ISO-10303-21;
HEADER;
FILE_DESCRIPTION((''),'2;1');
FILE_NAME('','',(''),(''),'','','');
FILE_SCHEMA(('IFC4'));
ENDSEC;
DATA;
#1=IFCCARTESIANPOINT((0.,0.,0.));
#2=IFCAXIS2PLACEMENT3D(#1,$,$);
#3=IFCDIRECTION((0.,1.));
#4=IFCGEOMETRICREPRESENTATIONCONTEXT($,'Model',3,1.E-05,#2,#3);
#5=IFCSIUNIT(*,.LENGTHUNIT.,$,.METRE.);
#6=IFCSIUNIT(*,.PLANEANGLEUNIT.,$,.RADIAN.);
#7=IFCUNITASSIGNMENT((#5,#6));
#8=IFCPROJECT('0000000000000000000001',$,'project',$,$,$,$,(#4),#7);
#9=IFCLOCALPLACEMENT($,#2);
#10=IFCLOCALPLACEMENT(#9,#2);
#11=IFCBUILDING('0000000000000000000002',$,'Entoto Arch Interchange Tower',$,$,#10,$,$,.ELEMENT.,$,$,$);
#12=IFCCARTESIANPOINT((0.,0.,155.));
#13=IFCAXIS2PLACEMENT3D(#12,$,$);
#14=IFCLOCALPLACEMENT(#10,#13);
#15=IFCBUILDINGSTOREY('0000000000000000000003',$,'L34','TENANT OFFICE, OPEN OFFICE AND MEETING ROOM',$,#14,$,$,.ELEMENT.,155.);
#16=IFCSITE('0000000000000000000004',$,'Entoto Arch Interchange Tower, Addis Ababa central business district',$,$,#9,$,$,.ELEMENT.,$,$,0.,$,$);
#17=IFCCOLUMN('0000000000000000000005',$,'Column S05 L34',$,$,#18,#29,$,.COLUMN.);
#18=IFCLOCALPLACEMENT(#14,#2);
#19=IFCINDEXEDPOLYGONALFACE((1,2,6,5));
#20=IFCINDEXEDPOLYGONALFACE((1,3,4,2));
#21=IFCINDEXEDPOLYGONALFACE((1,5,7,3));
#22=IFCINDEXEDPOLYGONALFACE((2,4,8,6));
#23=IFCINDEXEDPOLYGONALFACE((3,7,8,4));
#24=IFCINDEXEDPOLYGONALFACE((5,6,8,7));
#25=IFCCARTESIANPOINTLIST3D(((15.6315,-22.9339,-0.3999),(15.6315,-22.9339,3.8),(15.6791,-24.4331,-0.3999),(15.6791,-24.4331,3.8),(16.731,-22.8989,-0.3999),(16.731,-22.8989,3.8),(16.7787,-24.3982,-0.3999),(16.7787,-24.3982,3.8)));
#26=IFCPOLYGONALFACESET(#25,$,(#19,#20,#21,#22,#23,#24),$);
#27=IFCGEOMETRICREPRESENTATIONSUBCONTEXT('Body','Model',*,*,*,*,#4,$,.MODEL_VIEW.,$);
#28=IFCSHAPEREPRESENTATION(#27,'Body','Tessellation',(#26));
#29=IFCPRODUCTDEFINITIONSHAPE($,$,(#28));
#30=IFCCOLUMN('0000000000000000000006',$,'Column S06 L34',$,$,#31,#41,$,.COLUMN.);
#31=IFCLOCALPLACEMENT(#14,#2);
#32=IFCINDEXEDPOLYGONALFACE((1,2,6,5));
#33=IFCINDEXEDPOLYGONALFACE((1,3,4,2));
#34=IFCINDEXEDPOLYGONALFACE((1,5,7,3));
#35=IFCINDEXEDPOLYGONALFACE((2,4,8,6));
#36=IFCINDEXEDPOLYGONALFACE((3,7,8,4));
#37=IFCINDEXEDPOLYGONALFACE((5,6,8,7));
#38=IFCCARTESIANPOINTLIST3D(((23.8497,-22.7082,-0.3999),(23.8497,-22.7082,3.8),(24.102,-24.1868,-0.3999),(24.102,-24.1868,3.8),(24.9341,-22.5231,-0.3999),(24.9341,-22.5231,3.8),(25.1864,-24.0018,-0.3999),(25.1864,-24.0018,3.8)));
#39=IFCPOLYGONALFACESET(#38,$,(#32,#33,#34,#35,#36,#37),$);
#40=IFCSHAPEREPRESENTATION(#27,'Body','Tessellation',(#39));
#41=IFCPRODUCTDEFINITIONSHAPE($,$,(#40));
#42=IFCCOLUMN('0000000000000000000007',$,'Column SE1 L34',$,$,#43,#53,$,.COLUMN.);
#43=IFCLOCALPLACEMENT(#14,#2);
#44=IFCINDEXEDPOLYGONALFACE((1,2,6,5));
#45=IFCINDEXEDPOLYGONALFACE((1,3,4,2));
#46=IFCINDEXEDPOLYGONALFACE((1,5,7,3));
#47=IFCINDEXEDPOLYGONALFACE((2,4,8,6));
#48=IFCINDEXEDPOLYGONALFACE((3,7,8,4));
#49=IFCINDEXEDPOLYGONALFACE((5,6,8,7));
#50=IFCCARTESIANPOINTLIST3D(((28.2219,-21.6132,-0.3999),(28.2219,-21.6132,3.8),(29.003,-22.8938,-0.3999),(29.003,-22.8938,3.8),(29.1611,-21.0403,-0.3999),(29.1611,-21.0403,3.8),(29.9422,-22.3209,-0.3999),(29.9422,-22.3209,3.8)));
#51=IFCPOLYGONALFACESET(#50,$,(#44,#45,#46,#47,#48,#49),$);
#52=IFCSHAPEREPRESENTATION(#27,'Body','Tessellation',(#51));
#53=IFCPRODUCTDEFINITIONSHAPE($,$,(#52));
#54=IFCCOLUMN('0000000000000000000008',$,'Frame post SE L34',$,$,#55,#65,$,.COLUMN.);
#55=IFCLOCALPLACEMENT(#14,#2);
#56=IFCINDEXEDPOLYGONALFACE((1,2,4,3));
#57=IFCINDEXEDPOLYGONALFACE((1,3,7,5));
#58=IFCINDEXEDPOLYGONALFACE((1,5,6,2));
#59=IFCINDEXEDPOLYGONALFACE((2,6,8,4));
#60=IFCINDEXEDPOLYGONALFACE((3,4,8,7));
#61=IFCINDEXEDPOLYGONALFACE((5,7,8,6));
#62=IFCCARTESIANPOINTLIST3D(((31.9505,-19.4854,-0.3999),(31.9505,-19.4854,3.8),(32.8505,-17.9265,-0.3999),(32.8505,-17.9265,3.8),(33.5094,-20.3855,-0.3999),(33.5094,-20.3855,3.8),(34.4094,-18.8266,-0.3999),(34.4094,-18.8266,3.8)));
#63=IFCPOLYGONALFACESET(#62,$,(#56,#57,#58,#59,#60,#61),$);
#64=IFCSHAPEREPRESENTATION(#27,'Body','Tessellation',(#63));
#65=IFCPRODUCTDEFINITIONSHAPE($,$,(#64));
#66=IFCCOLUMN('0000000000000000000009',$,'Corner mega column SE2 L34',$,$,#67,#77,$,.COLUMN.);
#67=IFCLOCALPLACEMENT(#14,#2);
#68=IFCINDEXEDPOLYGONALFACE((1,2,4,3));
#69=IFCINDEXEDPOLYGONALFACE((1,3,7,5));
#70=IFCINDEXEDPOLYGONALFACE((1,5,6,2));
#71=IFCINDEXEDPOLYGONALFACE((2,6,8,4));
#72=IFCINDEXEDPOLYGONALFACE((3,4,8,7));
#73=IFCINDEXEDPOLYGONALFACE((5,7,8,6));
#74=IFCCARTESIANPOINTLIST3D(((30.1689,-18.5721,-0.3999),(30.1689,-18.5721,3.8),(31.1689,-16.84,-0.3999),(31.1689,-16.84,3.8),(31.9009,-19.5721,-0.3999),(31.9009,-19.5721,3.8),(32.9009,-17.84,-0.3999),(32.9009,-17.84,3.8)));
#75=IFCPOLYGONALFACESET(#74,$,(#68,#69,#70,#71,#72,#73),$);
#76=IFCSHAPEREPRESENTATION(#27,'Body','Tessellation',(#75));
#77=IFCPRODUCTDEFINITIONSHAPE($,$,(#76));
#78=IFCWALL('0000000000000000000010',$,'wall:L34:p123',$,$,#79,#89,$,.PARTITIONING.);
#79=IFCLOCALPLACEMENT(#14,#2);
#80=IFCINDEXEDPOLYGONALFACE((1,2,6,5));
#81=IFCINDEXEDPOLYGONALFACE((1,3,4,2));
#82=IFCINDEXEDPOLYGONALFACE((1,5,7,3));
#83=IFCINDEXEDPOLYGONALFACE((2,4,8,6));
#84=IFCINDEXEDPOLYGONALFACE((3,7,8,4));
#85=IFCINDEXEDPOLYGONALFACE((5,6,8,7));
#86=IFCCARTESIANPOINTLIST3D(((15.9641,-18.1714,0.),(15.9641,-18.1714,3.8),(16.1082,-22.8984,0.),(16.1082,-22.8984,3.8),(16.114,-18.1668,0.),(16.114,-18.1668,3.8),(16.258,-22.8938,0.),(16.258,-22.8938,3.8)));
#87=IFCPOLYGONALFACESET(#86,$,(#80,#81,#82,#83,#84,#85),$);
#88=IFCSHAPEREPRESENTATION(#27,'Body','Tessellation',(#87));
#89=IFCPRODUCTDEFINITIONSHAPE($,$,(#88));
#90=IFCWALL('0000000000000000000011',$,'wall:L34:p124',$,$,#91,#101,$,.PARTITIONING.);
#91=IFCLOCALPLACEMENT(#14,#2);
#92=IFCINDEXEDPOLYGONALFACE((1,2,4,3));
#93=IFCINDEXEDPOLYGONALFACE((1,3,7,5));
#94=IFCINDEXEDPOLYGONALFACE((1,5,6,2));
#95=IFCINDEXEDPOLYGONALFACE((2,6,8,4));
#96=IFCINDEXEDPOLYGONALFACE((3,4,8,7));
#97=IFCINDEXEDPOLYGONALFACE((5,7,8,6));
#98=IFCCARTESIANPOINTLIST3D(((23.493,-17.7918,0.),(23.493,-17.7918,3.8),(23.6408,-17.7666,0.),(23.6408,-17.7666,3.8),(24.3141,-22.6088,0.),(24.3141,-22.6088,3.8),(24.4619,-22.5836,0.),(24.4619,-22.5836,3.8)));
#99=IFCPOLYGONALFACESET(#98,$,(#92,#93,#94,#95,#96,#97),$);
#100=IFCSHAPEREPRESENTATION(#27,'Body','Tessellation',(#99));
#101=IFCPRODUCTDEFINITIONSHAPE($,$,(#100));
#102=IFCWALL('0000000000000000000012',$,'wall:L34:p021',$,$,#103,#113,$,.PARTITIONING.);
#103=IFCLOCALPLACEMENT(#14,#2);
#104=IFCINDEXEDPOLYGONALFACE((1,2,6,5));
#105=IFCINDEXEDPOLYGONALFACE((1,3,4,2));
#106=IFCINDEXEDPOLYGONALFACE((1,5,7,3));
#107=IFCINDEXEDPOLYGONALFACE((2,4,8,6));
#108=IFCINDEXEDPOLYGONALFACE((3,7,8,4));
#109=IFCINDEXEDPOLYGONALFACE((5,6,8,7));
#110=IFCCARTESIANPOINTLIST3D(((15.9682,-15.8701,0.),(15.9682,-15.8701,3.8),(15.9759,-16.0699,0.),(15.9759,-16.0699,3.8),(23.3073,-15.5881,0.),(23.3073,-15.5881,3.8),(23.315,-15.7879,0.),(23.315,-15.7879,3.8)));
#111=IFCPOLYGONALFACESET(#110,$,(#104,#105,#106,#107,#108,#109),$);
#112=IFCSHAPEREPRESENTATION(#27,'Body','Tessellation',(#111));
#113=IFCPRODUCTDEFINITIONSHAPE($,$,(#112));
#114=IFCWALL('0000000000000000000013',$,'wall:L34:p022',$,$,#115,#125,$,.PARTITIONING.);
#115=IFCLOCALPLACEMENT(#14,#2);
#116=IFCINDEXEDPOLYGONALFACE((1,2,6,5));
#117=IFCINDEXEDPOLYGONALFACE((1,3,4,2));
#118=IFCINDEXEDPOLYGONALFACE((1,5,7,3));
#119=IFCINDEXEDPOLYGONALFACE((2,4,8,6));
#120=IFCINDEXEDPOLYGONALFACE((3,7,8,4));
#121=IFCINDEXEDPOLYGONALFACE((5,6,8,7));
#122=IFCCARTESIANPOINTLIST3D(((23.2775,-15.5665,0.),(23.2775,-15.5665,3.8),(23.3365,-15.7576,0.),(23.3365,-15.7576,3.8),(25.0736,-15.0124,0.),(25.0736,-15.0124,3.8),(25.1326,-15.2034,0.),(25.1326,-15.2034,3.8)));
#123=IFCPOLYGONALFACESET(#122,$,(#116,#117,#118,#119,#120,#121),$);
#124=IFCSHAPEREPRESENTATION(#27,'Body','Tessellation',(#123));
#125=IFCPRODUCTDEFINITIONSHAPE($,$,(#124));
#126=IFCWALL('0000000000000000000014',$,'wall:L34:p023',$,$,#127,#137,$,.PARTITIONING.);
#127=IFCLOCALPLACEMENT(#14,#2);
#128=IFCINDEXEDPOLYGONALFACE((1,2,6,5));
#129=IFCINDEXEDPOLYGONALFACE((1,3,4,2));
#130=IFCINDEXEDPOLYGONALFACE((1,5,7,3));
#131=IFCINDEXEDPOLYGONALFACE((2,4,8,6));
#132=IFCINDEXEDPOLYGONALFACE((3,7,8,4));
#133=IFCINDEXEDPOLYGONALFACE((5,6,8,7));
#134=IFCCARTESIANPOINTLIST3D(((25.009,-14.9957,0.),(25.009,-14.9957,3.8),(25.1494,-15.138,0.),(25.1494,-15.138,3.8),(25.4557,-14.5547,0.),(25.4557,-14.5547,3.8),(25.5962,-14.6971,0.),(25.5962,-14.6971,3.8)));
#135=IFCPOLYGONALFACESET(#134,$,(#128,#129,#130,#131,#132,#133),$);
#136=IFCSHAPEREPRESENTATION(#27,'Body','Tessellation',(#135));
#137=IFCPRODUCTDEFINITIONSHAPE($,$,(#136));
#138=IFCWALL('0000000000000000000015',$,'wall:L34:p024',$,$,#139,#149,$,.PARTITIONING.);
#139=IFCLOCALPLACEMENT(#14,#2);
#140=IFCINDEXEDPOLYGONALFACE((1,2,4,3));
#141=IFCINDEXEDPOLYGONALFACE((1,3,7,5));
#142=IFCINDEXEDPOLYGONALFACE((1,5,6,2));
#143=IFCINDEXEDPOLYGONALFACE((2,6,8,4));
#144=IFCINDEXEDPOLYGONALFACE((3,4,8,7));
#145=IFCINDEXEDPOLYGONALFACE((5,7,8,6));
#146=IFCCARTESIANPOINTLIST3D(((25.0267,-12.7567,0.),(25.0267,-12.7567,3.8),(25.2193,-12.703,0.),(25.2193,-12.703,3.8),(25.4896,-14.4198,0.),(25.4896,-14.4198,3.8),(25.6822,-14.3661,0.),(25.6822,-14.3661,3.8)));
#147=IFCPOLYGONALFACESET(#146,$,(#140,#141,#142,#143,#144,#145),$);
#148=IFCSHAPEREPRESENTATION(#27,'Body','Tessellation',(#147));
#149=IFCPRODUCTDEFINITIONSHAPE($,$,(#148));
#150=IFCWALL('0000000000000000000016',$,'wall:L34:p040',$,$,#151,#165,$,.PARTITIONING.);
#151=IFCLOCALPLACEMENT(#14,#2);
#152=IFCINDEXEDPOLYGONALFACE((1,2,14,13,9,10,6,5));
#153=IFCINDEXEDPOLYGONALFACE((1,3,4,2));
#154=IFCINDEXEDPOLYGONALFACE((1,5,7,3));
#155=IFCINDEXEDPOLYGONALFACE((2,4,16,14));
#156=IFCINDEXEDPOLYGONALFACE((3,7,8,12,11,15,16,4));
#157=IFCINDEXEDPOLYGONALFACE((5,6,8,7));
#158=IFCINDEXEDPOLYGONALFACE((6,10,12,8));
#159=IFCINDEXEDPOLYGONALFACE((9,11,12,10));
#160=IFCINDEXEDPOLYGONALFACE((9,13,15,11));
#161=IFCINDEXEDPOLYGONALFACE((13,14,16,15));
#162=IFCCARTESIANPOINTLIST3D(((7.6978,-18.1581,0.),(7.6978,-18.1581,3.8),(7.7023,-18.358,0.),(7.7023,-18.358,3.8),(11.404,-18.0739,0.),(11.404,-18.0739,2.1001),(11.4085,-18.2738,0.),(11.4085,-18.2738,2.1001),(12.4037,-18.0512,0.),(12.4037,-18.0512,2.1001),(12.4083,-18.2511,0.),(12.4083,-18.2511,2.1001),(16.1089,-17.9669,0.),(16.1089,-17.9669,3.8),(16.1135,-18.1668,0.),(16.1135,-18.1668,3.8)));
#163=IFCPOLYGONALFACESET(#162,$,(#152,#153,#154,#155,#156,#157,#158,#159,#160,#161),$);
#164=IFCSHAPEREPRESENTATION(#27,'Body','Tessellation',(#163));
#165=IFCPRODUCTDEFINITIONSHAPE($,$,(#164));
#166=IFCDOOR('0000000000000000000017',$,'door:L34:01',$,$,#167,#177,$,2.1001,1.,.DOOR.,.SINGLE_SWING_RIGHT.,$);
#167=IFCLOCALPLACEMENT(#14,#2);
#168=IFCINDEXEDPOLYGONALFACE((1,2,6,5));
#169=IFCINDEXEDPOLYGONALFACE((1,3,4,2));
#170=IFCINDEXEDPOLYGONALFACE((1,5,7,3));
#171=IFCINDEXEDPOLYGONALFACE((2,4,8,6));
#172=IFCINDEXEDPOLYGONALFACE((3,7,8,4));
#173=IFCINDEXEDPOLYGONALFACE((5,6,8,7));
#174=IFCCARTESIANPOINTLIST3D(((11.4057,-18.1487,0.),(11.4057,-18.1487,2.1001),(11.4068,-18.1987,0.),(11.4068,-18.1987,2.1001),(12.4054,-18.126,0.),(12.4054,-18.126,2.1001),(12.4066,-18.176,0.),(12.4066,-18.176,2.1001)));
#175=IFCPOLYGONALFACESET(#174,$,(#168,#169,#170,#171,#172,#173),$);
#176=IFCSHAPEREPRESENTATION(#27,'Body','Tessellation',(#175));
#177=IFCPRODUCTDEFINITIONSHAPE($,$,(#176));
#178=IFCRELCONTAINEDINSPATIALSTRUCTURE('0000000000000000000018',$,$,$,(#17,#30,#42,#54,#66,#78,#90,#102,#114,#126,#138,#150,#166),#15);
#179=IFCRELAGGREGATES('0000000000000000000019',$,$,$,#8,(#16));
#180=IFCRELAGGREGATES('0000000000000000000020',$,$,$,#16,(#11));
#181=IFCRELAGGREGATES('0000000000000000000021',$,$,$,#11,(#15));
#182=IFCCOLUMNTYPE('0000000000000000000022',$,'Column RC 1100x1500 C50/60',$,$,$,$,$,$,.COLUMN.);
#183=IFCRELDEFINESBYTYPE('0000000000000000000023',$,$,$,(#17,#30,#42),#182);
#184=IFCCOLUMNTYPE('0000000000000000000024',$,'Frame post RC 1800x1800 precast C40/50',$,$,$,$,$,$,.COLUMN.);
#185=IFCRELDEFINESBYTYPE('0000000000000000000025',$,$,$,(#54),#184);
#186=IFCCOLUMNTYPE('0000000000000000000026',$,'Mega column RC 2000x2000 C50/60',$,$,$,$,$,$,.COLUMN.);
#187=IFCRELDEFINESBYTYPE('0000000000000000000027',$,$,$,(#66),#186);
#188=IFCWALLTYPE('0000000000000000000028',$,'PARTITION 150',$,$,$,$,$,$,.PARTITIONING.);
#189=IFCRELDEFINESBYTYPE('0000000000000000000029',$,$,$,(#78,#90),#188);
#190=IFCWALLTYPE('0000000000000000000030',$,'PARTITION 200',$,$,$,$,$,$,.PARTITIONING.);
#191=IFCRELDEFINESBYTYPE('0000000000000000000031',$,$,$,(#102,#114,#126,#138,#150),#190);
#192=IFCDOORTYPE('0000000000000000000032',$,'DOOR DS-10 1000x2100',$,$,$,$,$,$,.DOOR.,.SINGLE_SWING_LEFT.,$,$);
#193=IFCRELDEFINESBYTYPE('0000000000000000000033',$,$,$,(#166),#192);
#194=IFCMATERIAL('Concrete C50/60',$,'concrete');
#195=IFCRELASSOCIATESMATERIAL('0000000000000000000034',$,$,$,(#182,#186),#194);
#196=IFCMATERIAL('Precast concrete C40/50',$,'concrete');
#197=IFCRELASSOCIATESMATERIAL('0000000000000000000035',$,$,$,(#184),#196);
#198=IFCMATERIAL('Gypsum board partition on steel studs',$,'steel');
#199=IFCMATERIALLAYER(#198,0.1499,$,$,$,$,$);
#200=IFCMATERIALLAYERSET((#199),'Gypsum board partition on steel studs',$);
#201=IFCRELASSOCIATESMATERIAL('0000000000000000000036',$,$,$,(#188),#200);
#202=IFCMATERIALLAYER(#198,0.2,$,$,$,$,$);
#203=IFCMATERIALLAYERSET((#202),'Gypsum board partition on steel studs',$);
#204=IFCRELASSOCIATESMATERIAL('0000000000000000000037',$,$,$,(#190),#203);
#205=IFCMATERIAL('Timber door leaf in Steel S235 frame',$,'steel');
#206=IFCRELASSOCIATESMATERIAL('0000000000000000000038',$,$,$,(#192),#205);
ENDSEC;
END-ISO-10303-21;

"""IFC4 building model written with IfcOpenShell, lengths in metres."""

from ifc_helpers import new_model, si_unit, direction, frame, frame_2d, origin, origin_2d, place, context, subcontext, project, spatial, rectangle, extrude, material, layer, layer_set, material_profile, profile_set, type_object, element, fill, save


model = new_model("IFC4")

# Units and contexts
model_context = context("Model", 3, precision=1e-05, world=origin(), true_north=direction((0.0, 1.0)))
body_context = subcontext(model_context, "Body", "Model", "MODEL_VIEW")
ifc_project = project(units=[si_unit("LENGTHUNIT", "METRE"), si_unit("PLANEANGLEUNIT", "RADIAN")], contexts=[model_context])

# Site, building, storey
site_placement = place(None, origin())
site = spatial("IfcSite", under=ifc_project, at=site_placement, Name="Entoto Arch Interchange Tower, Addis Ababa central business district", CompositionType="ELEMENT", RefElevation=0.0)
building_placement = place(site_placement, origin())
building = spatial("IfcBuilding", under=site, at=building_placement, Name="Entoto Arch Interchange Tower", CompositionType="ELEMENT")
storey_placement = place(building_placement, frame((0.0, 0.0, 155.0)))
storey = spatial("IfcBuildingStorey", under=building, at=storey_placement, Name="L34", Description="TENANT OFFICE, OPEN OFFICE AND MEETING ROOM", CompositionType="ELEMENT", Elevation=155.0)

# Columns
ifc_material_1 = material(Name="Concrete C50/60", Category="concrete")
ifc_material_profile_1 = material_profile(ifc_material_1, rectangle(XDim=1.1001, YDim=1.5, at=origin_2d()))
ifc_profile_set_1 = profile_set([ifc_material_profile_1], Name="Concrete C50/60")
column_type_1 = type_object("IfcColumnType", Name="Column RC 1100x1500 C50/60", PredefinedType="COLUMN", material=ifc_profile_set_1)
for number, where, z_axis, x_axis, name in (
    (1, (16.2051, -23.666, -0.3999), (0.0, 0.0, 1.0), (0.999496, 0.031742, 0.0), "Column S05 L34"),
    (2, (24.5181, -23.355, -0.3999), (0.0, 0.0, 1.0), (0.985753, 0.168197, 0.0), "Column S06 L34"),
    (3, (29.082, -21.967, -0.3999), (0.0, 0.0, 1.0), (0.853714, 0.520741, 0.0), "Column SE1 L34"),
):
    element("IfcColumn", number, at=place(storey_placement, frame(where, z_axis=z_axis, x_axis=x_axis)), inside=storey, type_object=column_type_1, Name=name, PredefinedType="COLUMN", context=body_context, shape_type="SweptSolid", body=[
        extrude(rectangle(XDim=1.1001, YDim=1.5, at=origin_2d()), origin(), (0.0, 0.0, 1.0), 4.2),
    ])
ifc_material_2 = material(Name="Precast concrete C40/50", Category="concrete")
ifc_material_profile_2 = material_profile(ifc_material_2, rectangle(XDim=1.8, YDim=1.8, at=origin_2d()))
ifc_profile_set_2 = profile_set([ifc_material_profile_2], Name="Precast concrete C40/50")
column_type_2 = type_object("IfcColumnType", Name="Frame post RC 1800x1800 precast C40/50", PredefinedType="COLUMN", material=ifc_profile_set_2)
column_1_placement = place(storey_placement, frame((33.1799, -19.156, -0.3999), z_axis=(0.0, 0.0, 1.0), x_axis=(-0.866025, 0.5, 0.0)))
element("IfcColumn", 4, at=column_1_placement, inside=storey, type_object=column_type_2, Name="Frame post SE L34", PredefinedType="COLUMN", context=body_context, shape_type="SweptSolid", body=[
    extrude(rectangle(XDim=1.8, YDim=1.8, at=origin_2d()), origin(), (0.0, 0.0, 1.0), 4.2),
])
ifc_material_profile_3 = material_profile(ifc_material_1, rectangle(XDim=2.0, YDim=2.0, at=origin_2d()))
ifc_profile_set_3 = profile_set([ifc_material_profile_3], Name="Concrete C50/60")
column_type_3 = type_object("IfcColumnType", Name="Mega column RC 2000x2000 C50/60", PredefinedType="COLUMN", material=ifc_profile_set_3)
column_2_placement = place(storey_placement, frame((31.5349, -18.2061, -0.3999), z_axis=(0.0, 0.0, 1.0), x_axis=(-0.866025, 0.5, 0.0)))
element("IfcColumn", 5, at=column_2_placement, inside=storey, type_object=column_type_3, Name="Corner mega column SE2 L34", PredefinedType="COLUMN", context=body_context, shape_type="SweptSolid", body=[
    extrude(rectangle(XDim=2.0, YDim=2.0, at=origin_2d()), origin(), (0.0, 0.0, 1.0), 4.2),
])

# Walls
ifc_material_3 = material(Name="Gypsum board partition on steel studs", Category="steel")
ifc_layer_1 = layer(ifc_material_3, 0.1499)
ifc_layer_set_1 = layer_set([ifc_layer_1], Name="Gypsum board partition on steel studs")
wall_type_1 = type_object("IfcWallType", Name="PARTITION 150", PredefinedType="PARTITIONING", material=ifc_layer_set_1)
wall_1_placement = place(storey_placement, frame((16.0391, -18.1689, 0.0), z_axis=(0.0, 0.0, 1.0), x_axis=(0.030458, -0.999536, 0.0)))
element("IfcWall", 6, at=wall_1_placement, inside=storey, type_object=wall_type_1, Name="wall:L34:p123", PredefinedType="PARTITIONING", context=body_context, shape_type="SweptSolid", body=[
    extrude(rectangle(XDim=4.7292, YDim=0.1499, at=frame_2d((2.3647, 0.0))), origin(), (0.0, 0.0, 1.0), 3.8),
])
wall_2_placement = place(storey_placement, frame((23.5669, -17.7791, 0.0), z_axis=(0.0, 0.0, 1.0), x_axis=(0.168028, -0.985782, 0.0)))
element("IfcWall", 7, at=wall_2_placement, inside=storey, type_object=wall_type_1, Name="wall:L34:p124", PredefinedType="PARTITIONING", context=body_context, shape_type="SweptSolid", body=[
    extrude(rectangle(XDim=4.8865, YDim=0.1499, at=frame_2d((2.4434, 0.0))), origin(), (0.0, 0.0, 1.0), 3.8),
])
ifc_layer_2 = layer(ifc_material_3, 0.2)
ifc_layer_set_2 = layer_set([ifc_layer_2], Name="Gypsum board partition on steel studs")
wall_type_2 = type_object("IfcWallType", Name="PARTITION 200", PredefinedType="PARTITIONING", material=ifc_layer_set_2)
wall_3_placement = place(storey_placement, frame((15.9719, -15.97, 0.0), z_axis=(0.0, 0.0, 1.0), x_axis=(0.999263, 0.038394, 0.0)))
element("IfcWall", 8, at=wall_3_placement, inside=storey, type_object=wall_type_2, Name="wall:L34:p021", PredefinedType="PARTITIONING", context=body_context, shape_type="SweptSolid", body=[
    extrude(rectangle(XDim=7.3445, YDim=0.2, at=frame_2d((3.6724, 0.0))), origin(), (0.0, 0.0, 1.0), 3.8),
])
wall_4_placement = place(storey_placement, frame((23.3069, -15.6621, 0.0), z_axis=(0.0, 0.0, 1.0), x_axis=(0.955548, 0.294834, 0.0)))
element("IfcWall", 9, at=wall_4_placement, inside=storey, type_object=wall_type_2, Name="wall:L34:p022", PredefinedType="PARTITIONING", context=body_context, shape_type="SweptSolid", body=[
    extrude(rectangle(XDim=1.8796, YDim=0.2, at=frame_2d((0.9399, 0.0))), origin(), (0.0, 0.0, 1.0), 3.8),
])
wall_5_placement = place(storey_placement, frame((25.0791, -15.0669, 0.0), z_axis=(0.0, 0.0, 1.0), x_axis=(0.711759, 0.702424, 0.0)))
element("IfcWall", 10, at=wall_5_placement, inside=storey, type_object=wall_type_2, Name="wall:L34:p023", PredefinedType="PARTITIONING", context=body_context, shape_type="SweptSolid", body=[
    extrude(rectangle(XDim=0.6277, YDim=0.2, at=frame_2d((0.314, 0.0))), origin(), (0.0, 0.0, 1.0), 3.8),
])
wall_6_placement = place(storey_placement, frame((25.5859, -14.3931, 0.0), z_axis=(0.0, 0.0, 1.0), x_axis=(-0.26814, 0.96338, 0.0)))
element("IfcWall", 11, at=wall_6_placement, inside=storey, type_object=wall_type_2, Name="wall:L34:p024", PredefinedType="PARTITIONING", context=body_context, shape_type="SweptSolid", body=[
    extrude(rectangle(XDim=1.7263, YDim=0.2, at=frame_2d((0.8633, 0.0))), origin(), (0.0, 0.0, 1.0), 3.8),
])

# Wall, opening, door
wall_7_placement = place(storey_placement, frame((16.1111, -18.0669, 0.0), z_axis=(0.0, 0.0, 1.0), x_axis=(-0.999742, -0.022721, 0.0)))
wall_7 = element("IfcWall", 12, at=wall_7_placement, inside=storey, type_object=wall_type_2, Name="wall:L34:p040", PredefinedType="PARTITIONING", context=body_context, shape_type="SweptSolid", body=[
    extrude(rectangle(XDim=8.4133, YDim=0.2, at=frame_2d((4.2065, 0.0))), origin(), (0.0, 0.0, 1.0), 3.8),
])
opening_1_placement = place(wall_7_placement, frame((3.7061, 0.0, 0.0)))
opening_1 = element("IfcOpeningElement", 13, at=opening_1_placement, cuts=wall_7, PredefinedType="OPENING", context=body_context, shape_type="SweptSolid", body=[
    extrude(rectangle(XDim=1.0, YDim=2.1001, at=frame_2d((0.5, 1.05))), frame((0.0, 0.1099, 0.0), z_axis=(0.0, -1.0, 0.0), x_axis=(1.0, 0.0, 0.0)), (0.0, 0.0, 1.0), 0.22),
])
ifc_material_4 = material(Name="Timber door leaf in Steel S235 frame", Category="steel")
door_type = type_object("IfcDoorType", Name="DOOR DS-10 1000x2100", OperationType="SINGLE_SWING_LEFT", PredefinedType="DOOR", material=ifc_material_4)
door_1_placement = place(opening_1_placement, origin())
door_1 = element("IfcDoor", 14, at=door_1_placement, inside=storey, type_object=door_type, Name="door:L34:01", OperationType="SINGLE_SWING_RIGHT", OverallHeight=2.1001, OverallWidth=1.0, PredefinedType="DOOR", context=body_context, shape_type="SweptSolid", body=[
    extrude(rectangle(XDim=1.0, YDim=2.1001, at=frame_2d((0.5, 1.05))), frame((0.0, 0.0249, 0.0), z_axis=(0.0, -1.0, 0.0), x_axis=(1.0, 0.0, 0.0)), (0.0, 0.0, 1.0), 0.05),
])
fill(opening_1, door_1)

save(model, "model.ifc")
